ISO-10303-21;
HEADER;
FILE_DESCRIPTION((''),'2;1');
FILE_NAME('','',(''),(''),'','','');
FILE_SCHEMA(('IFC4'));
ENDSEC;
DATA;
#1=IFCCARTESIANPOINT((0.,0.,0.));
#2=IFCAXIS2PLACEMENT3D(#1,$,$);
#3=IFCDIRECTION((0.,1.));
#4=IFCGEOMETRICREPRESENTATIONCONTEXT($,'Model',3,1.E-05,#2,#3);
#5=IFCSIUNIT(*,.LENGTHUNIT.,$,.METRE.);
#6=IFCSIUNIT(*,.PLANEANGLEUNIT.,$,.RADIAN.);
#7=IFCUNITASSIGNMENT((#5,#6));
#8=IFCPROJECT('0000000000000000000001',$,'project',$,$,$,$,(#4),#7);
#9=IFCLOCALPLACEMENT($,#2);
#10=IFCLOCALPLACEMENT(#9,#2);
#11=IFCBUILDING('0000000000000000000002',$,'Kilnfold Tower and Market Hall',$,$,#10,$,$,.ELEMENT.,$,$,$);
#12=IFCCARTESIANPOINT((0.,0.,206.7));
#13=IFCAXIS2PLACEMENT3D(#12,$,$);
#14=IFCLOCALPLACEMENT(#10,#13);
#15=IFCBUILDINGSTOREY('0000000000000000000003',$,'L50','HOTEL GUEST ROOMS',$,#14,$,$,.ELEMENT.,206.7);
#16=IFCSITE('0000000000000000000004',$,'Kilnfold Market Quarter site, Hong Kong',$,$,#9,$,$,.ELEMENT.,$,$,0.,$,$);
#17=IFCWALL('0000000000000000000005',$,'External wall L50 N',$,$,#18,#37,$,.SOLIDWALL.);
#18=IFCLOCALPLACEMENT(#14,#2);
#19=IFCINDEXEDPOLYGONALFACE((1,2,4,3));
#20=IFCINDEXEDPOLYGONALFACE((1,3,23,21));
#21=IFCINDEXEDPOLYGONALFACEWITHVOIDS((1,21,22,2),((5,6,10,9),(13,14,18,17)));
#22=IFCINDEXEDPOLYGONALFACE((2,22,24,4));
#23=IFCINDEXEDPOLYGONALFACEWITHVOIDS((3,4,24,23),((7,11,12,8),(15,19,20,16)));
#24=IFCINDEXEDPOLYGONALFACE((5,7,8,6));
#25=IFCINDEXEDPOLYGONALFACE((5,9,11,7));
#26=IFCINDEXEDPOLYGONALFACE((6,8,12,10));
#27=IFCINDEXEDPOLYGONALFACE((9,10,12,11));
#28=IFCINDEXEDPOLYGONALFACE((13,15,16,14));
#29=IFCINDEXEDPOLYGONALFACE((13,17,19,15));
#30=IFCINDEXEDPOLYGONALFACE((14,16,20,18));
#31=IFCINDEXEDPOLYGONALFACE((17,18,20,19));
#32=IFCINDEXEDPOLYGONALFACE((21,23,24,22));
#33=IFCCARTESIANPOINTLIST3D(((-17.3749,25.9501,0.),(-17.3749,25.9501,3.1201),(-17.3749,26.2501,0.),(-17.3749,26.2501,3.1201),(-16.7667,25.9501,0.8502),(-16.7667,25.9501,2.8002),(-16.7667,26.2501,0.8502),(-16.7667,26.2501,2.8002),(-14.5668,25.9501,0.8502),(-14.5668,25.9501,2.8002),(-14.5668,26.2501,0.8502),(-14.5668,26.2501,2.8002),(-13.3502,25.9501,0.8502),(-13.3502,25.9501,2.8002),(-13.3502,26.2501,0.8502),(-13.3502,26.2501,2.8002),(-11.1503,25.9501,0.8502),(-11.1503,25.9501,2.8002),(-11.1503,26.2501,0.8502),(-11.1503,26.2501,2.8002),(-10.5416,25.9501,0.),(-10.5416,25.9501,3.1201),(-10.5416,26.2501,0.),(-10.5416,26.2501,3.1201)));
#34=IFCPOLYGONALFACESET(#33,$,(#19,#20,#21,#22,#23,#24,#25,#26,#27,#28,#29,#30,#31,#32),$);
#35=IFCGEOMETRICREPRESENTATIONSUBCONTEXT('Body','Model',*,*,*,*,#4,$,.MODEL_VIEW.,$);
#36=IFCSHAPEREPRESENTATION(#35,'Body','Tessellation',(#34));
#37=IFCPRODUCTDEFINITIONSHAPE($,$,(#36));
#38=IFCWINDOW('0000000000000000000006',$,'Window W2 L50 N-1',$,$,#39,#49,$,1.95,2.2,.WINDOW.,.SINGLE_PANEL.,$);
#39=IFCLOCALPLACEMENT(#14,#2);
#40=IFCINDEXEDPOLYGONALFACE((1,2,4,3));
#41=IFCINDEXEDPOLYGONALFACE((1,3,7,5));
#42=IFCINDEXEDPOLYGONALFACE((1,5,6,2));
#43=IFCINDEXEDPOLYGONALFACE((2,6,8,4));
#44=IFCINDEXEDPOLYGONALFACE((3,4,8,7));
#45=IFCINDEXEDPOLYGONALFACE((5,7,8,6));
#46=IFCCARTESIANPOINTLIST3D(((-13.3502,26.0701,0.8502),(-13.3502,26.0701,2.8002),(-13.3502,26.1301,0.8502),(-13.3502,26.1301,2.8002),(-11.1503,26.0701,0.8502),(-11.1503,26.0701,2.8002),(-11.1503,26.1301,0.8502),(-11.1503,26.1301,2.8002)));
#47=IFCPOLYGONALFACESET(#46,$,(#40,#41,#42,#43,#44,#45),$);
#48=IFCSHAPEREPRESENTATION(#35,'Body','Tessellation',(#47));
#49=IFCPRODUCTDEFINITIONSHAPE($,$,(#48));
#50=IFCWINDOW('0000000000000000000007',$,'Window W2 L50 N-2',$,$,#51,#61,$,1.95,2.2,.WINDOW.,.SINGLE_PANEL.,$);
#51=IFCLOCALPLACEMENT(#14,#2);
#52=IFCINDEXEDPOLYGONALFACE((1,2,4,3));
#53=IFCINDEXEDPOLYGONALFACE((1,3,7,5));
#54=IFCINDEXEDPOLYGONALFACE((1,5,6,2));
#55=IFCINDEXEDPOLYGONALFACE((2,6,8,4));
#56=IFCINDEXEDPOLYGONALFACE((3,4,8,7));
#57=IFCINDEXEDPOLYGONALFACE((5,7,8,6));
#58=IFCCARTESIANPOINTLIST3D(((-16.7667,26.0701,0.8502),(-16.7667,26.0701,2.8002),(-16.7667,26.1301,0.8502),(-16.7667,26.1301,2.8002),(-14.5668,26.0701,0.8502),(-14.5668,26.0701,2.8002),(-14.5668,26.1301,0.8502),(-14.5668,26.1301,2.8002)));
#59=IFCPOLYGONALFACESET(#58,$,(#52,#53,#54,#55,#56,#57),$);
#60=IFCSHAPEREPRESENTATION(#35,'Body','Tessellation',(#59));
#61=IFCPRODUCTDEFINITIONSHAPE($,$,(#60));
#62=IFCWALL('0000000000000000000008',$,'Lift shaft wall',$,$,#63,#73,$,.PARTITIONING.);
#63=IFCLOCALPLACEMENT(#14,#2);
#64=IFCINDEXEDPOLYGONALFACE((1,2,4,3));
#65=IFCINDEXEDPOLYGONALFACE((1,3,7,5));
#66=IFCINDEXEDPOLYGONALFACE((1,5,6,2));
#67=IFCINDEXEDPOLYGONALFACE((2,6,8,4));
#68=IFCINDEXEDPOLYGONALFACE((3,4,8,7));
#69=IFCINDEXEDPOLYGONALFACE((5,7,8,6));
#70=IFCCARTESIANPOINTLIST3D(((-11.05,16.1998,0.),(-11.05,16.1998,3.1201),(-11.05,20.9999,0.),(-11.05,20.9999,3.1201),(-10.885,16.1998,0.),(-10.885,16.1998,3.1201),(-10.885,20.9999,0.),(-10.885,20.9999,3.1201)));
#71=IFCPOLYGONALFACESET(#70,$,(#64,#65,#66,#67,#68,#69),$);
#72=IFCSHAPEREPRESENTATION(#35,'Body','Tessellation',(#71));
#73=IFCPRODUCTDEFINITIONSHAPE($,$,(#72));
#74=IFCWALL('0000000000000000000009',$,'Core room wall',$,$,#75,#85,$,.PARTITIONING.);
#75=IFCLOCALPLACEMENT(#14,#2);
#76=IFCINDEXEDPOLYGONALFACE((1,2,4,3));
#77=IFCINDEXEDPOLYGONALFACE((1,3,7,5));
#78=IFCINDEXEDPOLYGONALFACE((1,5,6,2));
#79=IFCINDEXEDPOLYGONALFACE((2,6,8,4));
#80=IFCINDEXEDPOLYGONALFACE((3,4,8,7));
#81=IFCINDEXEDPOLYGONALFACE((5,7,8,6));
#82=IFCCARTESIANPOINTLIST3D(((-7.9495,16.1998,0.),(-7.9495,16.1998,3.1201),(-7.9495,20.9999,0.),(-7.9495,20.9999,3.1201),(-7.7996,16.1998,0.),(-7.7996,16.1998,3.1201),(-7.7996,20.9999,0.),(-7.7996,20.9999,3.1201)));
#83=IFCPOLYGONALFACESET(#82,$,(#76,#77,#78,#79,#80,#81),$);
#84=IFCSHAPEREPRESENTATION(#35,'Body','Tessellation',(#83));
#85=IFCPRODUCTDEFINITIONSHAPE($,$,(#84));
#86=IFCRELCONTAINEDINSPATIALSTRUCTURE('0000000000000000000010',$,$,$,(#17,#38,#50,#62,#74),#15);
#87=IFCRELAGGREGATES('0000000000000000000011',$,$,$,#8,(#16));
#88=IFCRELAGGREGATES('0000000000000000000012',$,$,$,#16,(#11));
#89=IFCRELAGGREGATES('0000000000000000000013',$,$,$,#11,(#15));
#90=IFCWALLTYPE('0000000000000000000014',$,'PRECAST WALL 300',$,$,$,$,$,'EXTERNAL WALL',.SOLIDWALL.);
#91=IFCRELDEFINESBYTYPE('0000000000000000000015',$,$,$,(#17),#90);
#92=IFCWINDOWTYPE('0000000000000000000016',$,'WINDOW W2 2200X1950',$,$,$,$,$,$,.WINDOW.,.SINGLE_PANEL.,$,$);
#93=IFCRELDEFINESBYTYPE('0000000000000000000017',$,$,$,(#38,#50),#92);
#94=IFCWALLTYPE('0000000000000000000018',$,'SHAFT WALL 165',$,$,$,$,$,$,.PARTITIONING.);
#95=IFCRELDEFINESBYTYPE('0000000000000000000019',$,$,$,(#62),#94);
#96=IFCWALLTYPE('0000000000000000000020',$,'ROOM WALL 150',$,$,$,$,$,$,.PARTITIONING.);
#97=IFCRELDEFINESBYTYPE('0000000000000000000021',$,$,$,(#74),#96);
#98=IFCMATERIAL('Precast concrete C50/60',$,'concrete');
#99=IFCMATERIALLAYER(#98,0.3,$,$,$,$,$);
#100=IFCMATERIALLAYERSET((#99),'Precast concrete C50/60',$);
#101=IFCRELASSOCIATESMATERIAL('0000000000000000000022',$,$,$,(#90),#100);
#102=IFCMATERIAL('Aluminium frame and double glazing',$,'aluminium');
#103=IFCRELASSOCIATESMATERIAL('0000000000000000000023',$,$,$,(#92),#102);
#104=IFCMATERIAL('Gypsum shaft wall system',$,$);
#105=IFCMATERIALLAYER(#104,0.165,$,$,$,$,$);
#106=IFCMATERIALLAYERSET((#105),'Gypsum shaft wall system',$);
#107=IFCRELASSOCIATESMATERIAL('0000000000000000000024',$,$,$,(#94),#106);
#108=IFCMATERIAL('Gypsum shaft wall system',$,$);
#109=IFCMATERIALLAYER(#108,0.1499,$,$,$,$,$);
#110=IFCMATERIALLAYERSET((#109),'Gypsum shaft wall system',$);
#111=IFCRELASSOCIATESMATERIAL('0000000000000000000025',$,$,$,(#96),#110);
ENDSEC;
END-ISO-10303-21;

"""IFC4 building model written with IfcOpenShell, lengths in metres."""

from ifc_helpers import new_model, si_unit, direction, frame, frame_2d, origin, place, context, subcontext, project, spatial, rectangle, extrude, source, transform, mapped, material, layer, layer_set, type_object, element, fill, save


model = new_model("IFC4")

# Units and contexts
model_context = context("Model", 3, precision=1e-05, world=origin(), true_north=direction((0.0, 1.0)))
body_context = subcontext(model_context, "Body", "Model", "MODEL_VIEW")
ifc_project = project(units=[si_unit("LENGTHUNIT", "METRE"), si_unit("PLANEANGLEUNIT", "RADIAN")], contexts=[model_context])

# Site, building, storey
site_placement = place(None, origin())
site = spatial("IfcSite", under=ifc_project, at=site_placement, Name="Kilnfold Market Quarter site, Hong Kong", CompositionType="ELEMENT", RefElevation=0.0)
building_placement = place(site_placement, origin())
building = spatial("IfcBuilding", under=site, at=building_placement, Name="Kilnfold Tower and Market Hall", CompositionType="ELEMENT")
storey_placement = place(building_placement, frame((0.0, 0.0, 206.7)))
storey = spatial("IfcBuildingStorey", under=building, at=storey_placement, Name="L50", Description="HOTEL GUEST ROOMS", CompositionType="ELEMENT", Elevation=206.7)

# Wall, openings, windows
ifc_material_1 = material(Name="Precast concrete C50/60", Category="concrete")
ifc_layer_1 = layer(ifc_material_1, 0.3)
ifc_layer_set_1 = layer_set([ifc_layer_1], Name="Precast concrete C50/60")
wall_type_1 = type_object("IfcWallType", Name="PRECAST WALL 300", ElementType="EXTERNAL WALL", PredefinedType="SOLIDWALL", material=ifc_layer_set_1)
shared_shape_1 = source(origin(), body_context, "Body", "SweptSolid", [
    extrude(rectangle(XDim=6.8333, YDim=0.3, at=frame_2d((3.4165, 0.0))), origin(), (0.0, 0.0, 1.0), 3.1201),
])
wall_1_placement = place(storey_placement, frame((-10.5417, 26.1001, 0.0), z_axis=(0.0, 0.0, 1.0), x_axis=(-1.0, 0.0, 0.0)))
wall_1 = element("IfcWall", 1, at=wall_1_placement, inside=storey, type_object=wall_type_1, Name="External wall L50 N", PredefinedType="SOLIDWALL", context=body_context, shape_type="MappedRepresentation", body=[
    mapped(shared_shape_1, transform((0.0, 0.0, 0.0))),
])
opening_1_placement = place(wall_1_placement, frame((0.6084, 0.0, 0.8501)))
opening_1 = element("IfcOpeningElement", 2, at=opening_1_placement, cuts=wall_1, PredefinedType="OPENING", context=body_context, shape_type="SweptSolid", body=[
    extrude(rectangle(XDim=2.2, YDim=1.95, at=frame_2d((1.1001, 0.9751))), frame((0.0, 0.1602, 0.0), z_axis=(0.0, -1.0, 0.0), x_axis=(1.0, 0.0, 0.0)), (0.0, 0.0, 1.0), 0.3201),
])
opening_2_placement = place(wall_1_placement, frame((4.0249, 0.0, 0.8501)))
opening_2 = element("IfcOpeningElement", 3, at=opening_2_placement, cuts=wall_1, PredefinedType="OPENING", context=body_context, shape_type="SweptSolid", body=[
    extrude(rectangle(XDim=2.2, YDim=1.95, at=frame_2d((1.1001, 0.9751))), frame((0.0, 0.1602, 0.0), z_axis=(0.0, -1.0, 0.0), x_axis=(1.0, 0.0, 0.0)), (0.0, 0.0, 1.0), 0.3201),
])
ifc_material_2 = material(Name="Aluminium frame and double glazing", Category="aluminium")
window_type = type_object("IfcWindowType", Name="WINDOW W2 2200X1950", PartitioningType="SINGLE_PANEL", PredefinedType="WINDOW", material=ifc_material_2)
window_1_placement = place(opening_1_placement, origin())
window_1 = element("IfcWindow", 4, at=window_1_placement, inside=storey, type_object=window_type, Name="Window W2 L50 N-1", OverallHeight=1.95, OverallWidth=2.2, PartitioningType="SINGLE_PANEL", PredefinedType="WINDOW", context=body_context, shape_type="SweptSolid", body=[
    extrude(rectangle(XDim=2.2, YDim=1.95, at=frame_2d((1.1001, 0.9751))), frame((0.0, 0.03, 0.0), z_axis=(0.0, -1.0, 0.0), x_axis=(1.0, 0.0, 0.0)), (0.0, 0.0, 1.0), 0.0601),
])
fill(opening_1, window_1)
window_2_placement = place(opening_2_placement, origin())
window_2 = element("IfcWindow", 5, at=window_2_placement, inside=storey, type_object=window_type, Name="Window W2 L50 N-2", OverallHeight=1.95, OverallWidth=2.2, PartitioningType="SINGLE_PANEL", PredefinedType="WINDOW", context=body_context, shape_type="SweptSolid", body=[
    extrude(rectangle(XDim=2.2, YDim=1.95, at=frame_2d((1.1001, 0.9751))), frame((0.0, 0.03, 0.0), z_axis=(0.0, -1.0, 0.0), x_axis=(1.0, 0.0, 0.0)), (0.0, 0.0, 1.0), 0.0601),
])
fill(opening_2, window_2)

# Walls
ifc_material_3 = material(Name="Gypsum shaft wall system")
ifc_layer_2 = layer(ifc_material_3, 0.165)
ifc_layer_set_2 = layer_set([ifc_layer_2], Name="Gypsum shaft wall system")
wall_type_2 = type_object("IfcWallType", Name="SHAFT WALL 165", PredefinedType="PARTITIONING", material=ifc_layer_set_2)
shared_shape_2 = source(origin(), body_context, "Body", "SweptSolid", [
    extrude(rectangle(XDim=4.8, YDim=0.165, at=frame_2d((2.3999, 0.0))), origin(), (0.0, 0.0, 1.0), 3.1201),
])
wall_2_placement = place(storey_placement, frame((-10.9675, 16.2, 0.0), z_axis=(0.0, 0.0, 1.0), x_axis=(0.0, 1.0, 0.0)))
element("IfcWall", 6, at=wall_2_placement, inside=storey, type_object=wall_type_2, Name="Lift shaft wall", PredefinedType="PARTITIONING", context=body_context, shape_type="MappedRepresentation", body=[
    mapped(shared_shape_2, transform((0.0, 0.0, 0.0))),
])
ifc_material_4 = material(Name="Gypsum shaft wall system")
ifc_layer_3 = layer(ifc_material_4, 0.1499)
ifc_layer_set_3 = layer_set([ifc_layer_3], Name="Gypsum shaft wall system")
wall_type_3 = type_object("IfcWallType", Name="ROOM WALL 150", PredefinedType="PARTITIONING", material=ifc_layer_set_3)
shared_shape_3 = source(origin(), body_context, "Body", "SweptSolid", [
    extrude(rectangle(XDim=4.8, YDim=0.1499, at=frame_2d((2.3999, 0.0))), origin(), (0.0, 0.0, 1.0), 3.1201),
])
wall_3_placement = place(storey_placement, frame((-7.8745, 16.2, 0.0), z_axis=(0.0, 0.0, 1.0), x_axis=(0.0, 1.0, 0.0)))
element("IfcWall", 7, at=wall_3_placement, inside=storey, type_object=wall_type_3, Name="Core room wall", PredefinedType="PARTITIONING", context=body_context, shape_type="MappedRepresentation", body=[
    mapped(shared_shape_3, transform((0.0, 0.0, 0.0))),
])

save(model, "model.ifc")
